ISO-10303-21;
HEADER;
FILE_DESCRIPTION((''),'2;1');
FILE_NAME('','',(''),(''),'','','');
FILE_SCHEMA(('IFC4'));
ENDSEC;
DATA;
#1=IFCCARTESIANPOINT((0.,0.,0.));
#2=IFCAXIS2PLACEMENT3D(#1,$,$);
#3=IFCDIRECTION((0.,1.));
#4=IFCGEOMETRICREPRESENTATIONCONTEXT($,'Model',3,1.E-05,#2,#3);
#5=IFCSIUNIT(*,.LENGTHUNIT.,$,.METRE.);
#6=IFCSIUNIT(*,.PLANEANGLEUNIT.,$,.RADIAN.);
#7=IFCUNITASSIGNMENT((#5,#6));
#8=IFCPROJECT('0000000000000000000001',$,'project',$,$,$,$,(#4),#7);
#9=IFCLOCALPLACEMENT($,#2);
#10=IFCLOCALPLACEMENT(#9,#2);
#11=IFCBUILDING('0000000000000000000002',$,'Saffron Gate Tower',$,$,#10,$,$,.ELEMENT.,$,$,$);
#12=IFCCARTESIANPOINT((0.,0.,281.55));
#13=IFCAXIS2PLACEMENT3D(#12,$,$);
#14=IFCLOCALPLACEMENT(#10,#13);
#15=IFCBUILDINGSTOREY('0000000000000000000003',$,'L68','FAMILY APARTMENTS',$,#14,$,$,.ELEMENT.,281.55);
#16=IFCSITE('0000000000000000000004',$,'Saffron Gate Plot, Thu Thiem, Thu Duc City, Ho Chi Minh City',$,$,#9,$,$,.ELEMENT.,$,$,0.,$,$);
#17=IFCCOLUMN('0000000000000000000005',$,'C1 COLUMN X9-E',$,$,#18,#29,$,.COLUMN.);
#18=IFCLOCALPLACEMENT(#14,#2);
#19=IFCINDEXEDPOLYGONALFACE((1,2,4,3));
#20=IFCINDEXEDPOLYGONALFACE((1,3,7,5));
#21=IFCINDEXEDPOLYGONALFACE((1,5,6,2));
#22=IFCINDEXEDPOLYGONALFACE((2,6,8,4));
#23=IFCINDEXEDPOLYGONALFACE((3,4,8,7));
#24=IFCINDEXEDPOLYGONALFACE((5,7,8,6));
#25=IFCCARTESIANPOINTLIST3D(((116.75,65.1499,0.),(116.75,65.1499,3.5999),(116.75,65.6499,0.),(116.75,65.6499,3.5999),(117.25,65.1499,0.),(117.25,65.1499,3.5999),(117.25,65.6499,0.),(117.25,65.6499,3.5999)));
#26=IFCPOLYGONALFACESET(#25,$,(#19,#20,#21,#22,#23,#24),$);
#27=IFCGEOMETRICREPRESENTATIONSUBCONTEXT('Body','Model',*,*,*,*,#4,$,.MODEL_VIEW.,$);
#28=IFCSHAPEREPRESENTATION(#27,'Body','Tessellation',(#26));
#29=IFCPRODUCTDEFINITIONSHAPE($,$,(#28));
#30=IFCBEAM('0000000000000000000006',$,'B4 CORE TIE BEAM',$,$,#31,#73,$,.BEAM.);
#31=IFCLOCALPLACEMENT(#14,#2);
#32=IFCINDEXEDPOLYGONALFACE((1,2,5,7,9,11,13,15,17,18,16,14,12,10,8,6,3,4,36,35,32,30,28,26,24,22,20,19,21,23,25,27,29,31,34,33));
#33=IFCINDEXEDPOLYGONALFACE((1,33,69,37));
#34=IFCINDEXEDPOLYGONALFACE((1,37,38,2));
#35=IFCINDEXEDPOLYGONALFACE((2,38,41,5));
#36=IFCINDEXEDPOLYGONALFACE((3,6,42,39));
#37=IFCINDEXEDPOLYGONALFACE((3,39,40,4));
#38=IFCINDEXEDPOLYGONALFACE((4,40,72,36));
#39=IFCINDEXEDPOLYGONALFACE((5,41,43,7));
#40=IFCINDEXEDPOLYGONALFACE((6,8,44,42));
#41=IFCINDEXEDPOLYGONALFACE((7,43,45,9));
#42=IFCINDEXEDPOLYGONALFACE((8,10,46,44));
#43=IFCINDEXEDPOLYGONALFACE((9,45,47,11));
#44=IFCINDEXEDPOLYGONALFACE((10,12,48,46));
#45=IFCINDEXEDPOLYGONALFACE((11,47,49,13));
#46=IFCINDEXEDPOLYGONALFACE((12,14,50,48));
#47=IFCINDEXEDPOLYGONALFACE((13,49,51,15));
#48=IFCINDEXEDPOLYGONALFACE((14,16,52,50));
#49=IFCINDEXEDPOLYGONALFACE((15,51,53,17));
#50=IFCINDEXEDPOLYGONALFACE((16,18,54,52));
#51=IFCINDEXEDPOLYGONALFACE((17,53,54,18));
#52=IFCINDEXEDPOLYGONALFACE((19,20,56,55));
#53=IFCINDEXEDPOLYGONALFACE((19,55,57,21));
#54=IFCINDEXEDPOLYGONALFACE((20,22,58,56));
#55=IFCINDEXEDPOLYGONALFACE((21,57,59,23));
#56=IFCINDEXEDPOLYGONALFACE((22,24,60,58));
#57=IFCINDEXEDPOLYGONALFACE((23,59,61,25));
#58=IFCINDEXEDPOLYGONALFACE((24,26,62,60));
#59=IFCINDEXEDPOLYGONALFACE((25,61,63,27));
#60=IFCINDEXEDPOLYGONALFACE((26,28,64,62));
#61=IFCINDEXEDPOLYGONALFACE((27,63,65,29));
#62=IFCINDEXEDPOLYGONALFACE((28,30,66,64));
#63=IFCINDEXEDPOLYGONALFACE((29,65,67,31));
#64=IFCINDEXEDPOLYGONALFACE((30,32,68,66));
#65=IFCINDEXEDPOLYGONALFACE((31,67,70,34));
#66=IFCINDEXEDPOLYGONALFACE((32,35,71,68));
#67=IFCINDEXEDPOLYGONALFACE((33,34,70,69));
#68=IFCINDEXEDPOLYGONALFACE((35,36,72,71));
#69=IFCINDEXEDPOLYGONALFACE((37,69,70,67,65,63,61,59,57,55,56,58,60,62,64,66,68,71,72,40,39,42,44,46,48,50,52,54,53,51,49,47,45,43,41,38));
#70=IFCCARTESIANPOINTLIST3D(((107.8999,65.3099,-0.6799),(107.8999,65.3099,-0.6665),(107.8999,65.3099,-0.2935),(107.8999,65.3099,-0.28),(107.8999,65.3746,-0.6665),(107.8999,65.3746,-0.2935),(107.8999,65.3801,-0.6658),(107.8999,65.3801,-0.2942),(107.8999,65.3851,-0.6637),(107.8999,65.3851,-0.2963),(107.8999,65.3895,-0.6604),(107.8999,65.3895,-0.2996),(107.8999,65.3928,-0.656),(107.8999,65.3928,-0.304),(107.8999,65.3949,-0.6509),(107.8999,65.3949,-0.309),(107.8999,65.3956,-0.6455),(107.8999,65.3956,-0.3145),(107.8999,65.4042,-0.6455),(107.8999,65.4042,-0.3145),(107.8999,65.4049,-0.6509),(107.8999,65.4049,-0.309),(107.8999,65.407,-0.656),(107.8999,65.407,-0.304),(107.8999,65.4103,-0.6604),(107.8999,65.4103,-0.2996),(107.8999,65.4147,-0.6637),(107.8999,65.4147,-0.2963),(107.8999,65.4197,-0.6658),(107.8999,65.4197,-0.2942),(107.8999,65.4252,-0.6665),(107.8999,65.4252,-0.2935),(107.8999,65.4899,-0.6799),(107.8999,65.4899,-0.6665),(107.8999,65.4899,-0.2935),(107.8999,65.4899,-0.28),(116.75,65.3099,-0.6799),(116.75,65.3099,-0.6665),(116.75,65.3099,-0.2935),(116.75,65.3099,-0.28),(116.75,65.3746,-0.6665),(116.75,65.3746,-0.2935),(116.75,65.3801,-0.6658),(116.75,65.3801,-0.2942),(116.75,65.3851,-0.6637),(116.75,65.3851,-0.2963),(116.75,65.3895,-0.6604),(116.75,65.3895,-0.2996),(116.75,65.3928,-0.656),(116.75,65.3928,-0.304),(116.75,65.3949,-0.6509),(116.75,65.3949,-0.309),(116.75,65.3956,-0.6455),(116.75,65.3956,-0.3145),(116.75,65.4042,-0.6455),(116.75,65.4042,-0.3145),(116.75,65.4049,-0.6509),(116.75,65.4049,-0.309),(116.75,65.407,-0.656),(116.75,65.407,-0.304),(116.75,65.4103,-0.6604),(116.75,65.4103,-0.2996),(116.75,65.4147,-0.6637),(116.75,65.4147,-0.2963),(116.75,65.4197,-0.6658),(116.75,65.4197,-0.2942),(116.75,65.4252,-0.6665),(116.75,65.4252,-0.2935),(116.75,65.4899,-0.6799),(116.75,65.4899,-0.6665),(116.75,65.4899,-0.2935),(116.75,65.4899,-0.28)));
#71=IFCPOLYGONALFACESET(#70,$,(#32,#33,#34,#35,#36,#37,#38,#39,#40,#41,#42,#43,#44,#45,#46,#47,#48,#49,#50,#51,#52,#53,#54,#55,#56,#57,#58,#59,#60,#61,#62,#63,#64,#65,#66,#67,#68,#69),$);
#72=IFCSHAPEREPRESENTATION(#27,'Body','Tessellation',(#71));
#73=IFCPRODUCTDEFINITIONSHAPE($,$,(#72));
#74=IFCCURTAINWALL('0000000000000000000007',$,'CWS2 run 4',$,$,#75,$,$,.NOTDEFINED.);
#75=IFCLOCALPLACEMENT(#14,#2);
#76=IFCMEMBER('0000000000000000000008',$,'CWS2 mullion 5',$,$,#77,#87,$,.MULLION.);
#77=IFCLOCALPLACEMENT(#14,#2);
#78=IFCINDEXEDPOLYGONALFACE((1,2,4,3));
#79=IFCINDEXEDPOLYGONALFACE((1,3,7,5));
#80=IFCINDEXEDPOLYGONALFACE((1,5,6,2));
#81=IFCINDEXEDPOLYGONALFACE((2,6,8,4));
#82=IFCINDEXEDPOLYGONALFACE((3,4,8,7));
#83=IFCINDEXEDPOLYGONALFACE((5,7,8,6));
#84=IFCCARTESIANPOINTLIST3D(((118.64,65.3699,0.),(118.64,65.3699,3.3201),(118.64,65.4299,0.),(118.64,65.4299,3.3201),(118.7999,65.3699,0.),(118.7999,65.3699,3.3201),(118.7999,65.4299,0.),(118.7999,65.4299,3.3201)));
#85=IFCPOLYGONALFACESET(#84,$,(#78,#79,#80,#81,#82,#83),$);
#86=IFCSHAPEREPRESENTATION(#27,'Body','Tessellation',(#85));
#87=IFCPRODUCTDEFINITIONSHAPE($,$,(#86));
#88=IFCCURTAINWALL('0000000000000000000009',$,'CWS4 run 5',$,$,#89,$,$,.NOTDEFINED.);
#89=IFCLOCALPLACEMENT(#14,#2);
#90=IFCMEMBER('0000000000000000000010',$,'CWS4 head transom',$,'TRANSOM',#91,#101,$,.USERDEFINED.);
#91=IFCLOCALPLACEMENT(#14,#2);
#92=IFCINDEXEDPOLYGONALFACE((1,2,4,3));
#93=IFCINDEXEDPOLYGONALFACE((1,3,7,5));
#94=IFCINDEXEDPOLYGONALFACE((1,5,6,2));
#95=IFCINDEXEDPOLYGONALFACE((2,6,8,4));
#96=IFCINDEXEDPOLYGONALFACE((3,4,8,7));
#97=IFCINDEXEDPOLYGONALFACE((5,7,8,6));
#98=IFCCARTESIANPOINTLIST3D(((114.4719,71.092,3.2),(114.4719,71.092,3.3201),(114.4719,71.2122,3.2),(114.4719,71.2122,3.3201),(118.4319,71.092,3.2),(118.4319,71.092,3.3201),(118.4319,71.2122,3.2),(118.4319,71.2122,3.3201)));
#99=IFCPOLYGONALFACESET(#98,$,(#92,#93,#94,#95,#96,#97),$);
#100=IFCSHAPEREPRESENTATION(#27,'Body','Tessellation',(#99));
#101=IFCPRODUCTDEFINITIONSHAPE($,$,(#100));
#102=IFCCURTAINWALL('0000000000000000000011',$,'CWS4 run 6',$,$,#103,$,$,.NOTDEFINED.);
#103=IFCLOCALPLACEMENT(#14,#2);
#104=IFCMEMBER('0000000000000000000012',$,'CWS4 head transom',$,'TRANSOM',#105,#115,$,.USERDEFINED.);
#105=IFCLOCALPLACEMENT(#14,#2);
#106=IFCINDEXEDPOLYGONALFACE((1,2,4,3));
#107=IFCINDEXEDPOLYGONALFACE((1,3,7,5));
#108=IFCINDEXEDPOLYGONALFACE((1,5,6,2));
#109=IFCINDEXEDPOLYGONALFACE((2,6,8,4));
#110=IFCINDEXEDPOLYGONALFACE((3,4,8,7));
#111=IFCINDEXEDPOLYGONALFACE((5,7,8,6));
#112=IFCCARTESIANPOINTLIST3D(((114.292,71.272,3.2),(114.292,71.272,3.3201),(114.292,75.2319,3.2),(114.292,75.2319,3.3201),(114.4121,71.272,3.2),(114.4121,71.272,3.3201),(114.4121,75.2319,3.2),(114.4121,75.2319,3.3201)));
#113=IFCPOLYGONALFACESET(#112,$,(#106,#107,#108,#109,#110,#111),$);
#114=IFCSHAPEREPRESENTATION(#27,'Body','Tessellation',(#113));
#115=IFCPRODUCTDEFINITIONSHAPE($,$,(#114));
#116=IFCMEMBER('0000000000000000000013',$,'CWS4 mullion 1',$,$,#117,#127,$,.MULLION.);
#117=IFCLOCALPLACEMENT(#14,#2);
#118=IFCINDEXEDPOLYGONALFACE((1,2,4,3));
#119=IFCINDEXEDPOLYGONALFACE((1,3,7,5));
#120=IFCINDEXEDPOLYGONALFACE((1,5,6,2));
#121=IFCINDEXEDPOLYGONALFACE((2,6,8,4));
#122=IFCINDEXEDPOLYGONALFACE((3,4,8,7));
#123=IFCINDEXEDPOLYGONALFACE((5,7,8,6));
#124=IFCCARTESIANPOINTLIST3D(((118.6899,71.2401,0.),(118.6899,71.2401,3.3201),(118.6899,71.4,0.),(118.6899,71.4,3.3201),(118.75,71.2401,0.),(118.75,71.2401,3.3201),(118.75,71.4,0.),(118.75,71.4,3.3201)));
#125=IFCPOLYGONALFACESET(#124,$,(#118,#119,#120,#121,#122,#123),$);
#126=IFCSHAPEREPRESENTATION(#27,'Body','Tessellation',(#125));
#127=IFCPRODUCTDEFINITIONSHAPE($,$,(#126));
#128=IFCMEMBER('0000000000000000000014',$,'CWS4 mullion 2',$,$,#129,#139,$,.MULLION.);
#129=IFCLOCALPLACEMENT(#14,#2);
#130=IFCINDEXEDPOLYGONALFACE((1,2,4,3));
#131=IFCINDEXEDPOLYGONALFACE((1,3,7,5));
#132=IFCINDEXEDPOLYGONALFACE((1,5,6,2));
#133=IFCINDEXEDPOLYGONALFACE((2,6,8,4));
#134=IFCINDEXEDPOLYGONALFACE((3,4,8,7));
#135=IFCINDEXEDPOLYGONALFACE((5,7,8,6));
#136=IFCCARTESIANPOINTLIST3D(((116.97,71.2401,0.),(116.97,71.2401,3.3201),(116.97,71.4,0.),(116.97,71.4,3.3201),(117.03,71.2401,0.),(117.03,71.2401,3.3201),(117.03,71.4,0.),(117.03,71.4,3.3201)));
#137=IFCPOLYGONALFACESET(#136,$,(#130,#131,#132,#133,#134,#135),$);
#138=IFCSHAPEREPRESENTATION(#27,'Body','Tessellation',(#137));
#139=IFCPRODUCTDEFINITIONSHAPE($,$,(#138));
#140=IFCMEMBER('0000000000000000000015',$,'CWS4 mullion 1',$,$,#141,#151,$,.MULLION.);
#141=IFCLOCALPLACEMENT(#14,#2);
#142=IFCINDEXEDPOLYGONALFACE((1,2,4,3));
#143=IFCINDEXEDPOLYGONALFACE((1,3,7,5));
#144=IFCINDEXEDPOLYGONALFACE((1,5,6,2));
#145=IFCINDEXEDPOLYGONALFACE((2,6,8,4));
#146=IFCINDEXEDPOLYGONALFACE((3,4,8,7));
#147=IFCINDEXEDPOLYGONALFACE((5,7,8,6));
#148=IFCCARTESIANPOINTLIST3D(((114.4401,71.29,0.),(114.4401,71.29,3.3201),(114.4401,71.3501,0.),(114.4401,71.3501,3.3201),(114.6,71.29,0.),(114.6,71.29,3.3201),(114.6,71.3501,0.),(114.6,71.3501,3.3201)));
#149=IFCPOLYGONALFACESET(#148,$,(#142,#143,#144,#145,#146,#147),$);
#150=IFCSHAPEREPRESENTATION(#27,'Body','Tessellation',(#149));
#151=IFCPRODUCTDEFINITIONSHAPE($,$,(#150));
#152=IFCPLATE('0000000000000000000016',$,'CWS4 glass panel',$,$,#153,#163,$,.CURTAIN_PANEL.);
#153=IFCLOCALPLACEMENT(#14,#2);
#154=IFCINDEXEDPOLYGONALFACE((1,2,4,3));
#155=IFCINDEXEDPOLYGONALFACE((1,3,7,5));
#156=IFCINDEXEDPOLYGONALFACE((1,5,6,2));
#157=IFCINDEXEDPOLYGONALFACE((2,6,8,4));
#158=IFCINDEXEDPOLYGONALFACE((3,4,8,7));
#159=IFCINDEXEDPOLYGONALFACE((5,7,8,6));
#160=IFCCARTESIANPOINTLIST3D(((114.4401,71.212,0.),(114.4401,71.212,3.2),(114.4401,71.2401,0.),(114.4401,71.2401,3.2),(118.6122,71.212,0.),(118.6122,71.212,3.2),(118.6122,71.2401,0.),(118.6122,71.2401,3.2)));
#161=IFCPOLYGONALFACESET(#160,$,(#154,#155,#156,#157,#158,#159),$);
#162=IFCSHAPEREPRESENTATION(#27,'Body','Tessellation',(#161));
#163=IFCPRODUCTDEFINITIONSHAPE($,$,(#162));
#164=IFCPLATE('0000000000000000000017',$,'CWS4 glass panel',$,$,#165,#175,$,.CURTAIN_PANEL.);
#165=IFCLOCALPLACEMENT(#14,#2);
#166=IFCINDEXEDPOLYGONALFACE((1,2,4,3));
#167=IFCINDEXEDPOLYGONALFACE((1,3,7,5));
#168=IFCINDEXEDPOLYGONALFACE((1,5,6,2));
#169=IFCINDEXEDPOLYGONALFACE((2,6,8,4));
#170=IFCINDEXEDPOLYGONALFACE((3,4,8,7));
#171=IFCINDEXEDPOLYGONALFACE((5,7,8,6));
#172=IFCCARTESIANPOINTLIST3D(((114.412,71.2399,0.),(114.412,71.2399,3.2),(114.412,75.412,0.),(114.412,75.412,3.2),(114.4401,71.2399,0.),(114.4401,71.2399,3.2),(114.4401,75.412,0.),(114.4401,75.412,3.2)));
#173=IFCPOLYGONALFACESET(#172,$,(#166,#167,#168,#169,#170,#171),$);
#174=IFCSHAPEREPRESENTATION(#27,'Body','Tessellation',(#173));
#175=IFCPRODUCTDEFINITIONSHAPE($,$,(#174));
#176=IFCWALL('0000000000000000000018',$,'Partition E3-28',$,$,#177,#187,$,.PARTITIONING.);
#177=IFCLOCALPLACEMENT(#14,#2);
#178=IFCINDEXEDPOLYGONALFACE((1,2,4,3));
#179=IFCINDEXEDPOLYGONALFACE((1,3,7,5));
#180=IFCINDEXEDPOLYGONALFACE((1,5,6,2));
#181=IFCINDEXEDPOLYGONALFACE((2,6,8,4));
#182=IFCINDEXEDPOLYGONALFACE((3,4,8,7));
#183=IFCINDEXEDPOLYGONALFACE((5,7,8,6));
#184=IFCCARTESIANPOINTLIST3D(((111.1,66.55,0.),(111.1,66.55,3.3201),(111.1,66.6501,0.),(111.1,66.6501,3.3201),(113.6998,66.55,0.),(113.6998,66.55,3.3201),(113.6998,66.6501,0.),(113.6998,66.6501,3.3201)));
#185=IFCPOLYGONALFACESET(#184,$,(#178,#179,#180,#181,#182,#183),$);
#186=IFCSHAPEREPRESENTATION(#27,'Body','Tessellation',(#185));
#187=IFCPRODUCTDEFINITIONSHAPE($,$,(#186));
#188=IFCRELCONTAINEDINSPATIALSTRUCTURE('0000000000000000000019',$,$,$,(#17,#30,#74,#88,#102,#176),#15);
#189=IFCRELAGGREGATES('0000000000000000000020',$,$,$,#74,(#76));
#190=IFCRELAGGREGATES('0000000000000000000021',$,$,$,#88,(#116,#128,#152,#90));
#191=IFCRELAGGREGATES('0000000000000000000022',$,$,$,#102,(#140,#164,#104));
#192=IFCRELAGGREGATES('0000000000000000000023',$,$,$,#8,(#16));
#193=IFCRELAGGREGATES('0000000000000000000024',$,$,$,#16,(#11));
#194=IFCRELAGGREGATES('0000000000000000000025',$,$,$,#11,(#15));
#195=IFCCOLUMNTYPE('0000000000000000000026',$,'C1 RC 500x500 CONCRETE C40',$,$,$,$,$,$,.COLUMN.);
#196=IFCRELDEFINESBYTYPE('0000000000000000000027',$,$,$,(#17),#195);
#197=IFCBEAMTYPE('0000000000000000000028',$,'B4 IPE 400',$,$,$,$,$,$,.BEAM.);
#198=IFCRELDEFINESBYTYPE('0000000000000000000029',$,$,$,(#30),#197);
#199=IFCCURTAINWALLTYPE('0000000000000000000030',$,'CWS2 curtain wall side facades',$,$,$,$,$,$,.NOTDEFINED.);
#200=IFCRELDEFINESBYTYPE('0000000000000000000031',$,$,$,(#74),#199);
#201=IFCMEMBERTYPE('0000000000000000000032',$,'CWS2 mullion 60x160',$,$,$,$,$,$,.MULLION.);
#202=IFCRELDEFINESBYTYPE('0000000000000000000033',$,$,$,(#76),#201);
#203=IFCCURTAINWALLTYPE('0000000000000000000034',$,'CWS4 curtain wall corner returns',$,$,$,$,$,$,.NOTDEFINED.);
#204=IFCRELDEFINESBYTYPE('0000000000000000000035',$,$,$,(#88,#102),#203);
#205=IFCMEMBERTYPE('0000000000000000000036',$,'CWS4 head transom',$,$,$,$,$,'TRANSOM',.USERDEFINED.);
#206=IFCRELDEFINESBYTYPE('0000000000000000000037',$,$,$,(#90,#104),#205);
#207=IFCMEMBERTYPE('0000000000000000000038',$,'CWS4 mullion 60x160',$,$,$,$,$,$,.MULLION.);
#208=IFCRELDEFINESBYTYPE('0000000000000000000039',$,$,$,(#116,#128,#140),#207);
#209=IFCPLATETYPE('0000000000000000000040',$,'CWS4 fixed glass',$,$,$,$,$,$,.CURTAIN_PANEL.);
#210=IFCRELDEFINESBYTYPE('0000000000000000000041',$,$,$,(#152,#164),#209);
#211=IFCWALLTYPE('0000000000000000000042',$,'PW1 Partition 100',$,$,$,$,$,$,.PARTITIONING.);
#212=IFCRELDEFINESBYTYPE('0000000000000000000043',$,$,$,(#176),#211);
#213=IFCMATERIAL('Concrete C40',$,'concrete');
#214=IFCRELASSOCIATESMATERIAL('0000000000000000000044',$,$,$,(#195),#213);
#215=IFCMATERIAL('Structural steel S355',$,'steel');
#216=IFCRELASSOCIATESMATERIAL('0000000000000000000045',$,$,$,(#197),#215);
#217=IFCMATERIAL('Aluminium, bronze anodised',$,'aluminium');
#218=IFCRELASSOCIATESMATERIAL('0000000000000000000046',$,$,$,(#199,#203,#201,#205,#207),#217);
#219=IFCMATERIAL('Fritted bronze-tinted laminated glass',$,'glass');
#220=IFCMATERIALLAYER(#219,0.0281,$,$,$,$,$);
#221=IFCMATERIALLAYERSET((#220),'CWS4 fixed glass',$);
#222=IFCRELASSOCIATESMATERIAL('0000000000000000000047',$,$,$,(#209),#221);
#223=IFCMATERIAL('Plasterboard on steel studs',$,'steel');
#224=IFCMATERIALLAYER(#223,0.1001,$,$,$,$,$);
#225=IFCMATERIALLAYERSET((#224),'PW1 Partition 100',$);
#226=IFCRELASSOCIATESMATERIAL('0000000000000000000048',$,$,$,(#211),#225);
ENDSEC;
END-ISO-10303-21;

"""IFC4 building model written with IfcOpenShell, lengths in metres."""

from ifc_helpers import new_model, si_unit, direction, frame, frame_2d, origin, origin_2d, place, context, subcontext, project, spatial, rectangle, i_section, extrude, material, layer, layer_set, material_profile, profile_set, type_object, element, aggregate, save


model = new_model("IFC4")

# Units and contexts
model_context = context("Model", 3, precision=1e-05, world=origin(), true_north=direction((0.0, 1.0)))
body_context = subcontext(model_context, "Body", "Model", "MODEL_VIEW")
ifc_project = project(units=[si_unit("LENGTHUNIT", "METRE"), si_unit("PLANEANGLEUNIT", "RADIAN")], contexts=[model_context])

# Site, building, storey
site_placement = place(None, origin())
site = spatial("IfcSite", under=ifc_project, at=site_placement, Name="Saffron Gate Plot, Thu Thiem, Thu Duc City, Ho Chi Minh City", CompositionType="ELEMENT", RefElevation=0.0)
building_placement = place(site_placement, origin())
building = spatial("IfcBuilding", under=site, at=building_placement, Name="Saffron Gate Tower", CompositionType="ELEMENT")
storey_placement = place(building_placement, frame((0.0, 0.0, 281.55)))
storey = spatial("IfcBuildingStorey", under=building, at=storey_placement, Name="L68", Description="FAMILY APARTMENTS", CompositionType="ELEMENT", Elevation=281.55)

# Column
ifc_material_1 = material(Name="Concrete C40", Category="concrete")
ifc_material_profile_1 = material_profile(ifc_material_1, rectangle(XDim=0.5, YDim=0.5, at=origin_2d()))
ifc_profile_set_1 = profile_set([ifc_material_profile_1], Name="Concrete C40")
column_type = type_object("IfcColumnType", Name="C1 RC 500x500 CONCRETE C40", PredefinedType="COLUMN", material=ifc_profile_set_1)
column_placement = place(storey_placement, frame((117.0, 65.3999, 0.0), z_axis=(0.0, 0.0, 1.0), x_axis=(1.0, 0.0, 0.0)))
element("IfcColumn", 1, at=column_placement, inside=storey, type_object=column_type, Name="C1 COLUMN X9-E", PredefinedType="COLUMN", context=body_context, shape_type="SweptSolid", body=[
    extrude(rectangle(XDim=0.5, YDim=0.5, at=origin_2d()), origin(), (0.0, 0.0, 1.0), 3.5999),
])

# Beam
ifc_material_2 = material(Name="Structural steel S355", Category="steel")
ifc_material_profile_2 = material_profile(ifc_material_2, i_section(OverallWidth=0.1799, OverallDepth=0.3999, WebThickness=0.0085, FlangeThickness=0.0134, FilletRadius=0.021, at=origin_2d()))
ifc_profile_set_2 = profile_set([ifc_material_profile_2], Name="Structural steel S355")
beam_type = type_object("IfcBeamType", Name="B4 IPE 400", PredefinedType="BEAM", material=ifc_profile_set_2)
beam_placement = place(storey_placement, frame((116.75, 65.3999, -0.48), z_axis=(-1.0, 0.0, 0.0), x_axis=(0.0, -1.0, 0.0)))
element("IfcBeam", 2, at=beam_placement, inside=storey, type_object=beam_type, Name="B4 CORE TIE BEAM", PredefinedType="BEAM", context=body_context, shape_type="SweptSolid", body=[
    extrude(i_section(OverallWidth=0.1799, OverallDepth=0.3999, WebThickness=0.0085, FlangeThickness=0.0134, FilletRadius=0.021, at=origin_2d()), origin(), (0.0, 0.0, 1.0), 8.8501),
])

# Curtain walls, members
ifc_material_3 = material(Name="Aluminium, bronze anodised", Category="aluminium")
curtain_wall_type_1 = type_object("IfcCurtainWallType", Name="CWS2 curtain wall side facades", PredefinedType="NOTDEFINED", material=ifc_material_3)
curtain_wall_1_placement = place(storey_placement, origin())
curtain_wall_1 = element("IfcCurtainWall", 3, at=curtain_wall_1_placement, inside=storey, type_object=curtain_wall_type_1, Name="CWS2 run 4", PredefinedType="NOTDEFINED")
ifc_material_profile_3 = material_profile(ifc_material_3, rectangle(XDim=0.1599, YDim=0.0601, at=origin_2d()))
ifc_profile_set_3 = profile_set([ifc_material_profile_3], Name="Aluminium, bronze anodised")
member_type_1 = type_object("IfcMemberType", Name="CWS2 mullion 60x160", PredefinedType="MULLION", material=ifc_profile_set_3)
member_1_placement = place(storey_placement, frame((118.72, 65.3999, 0.0), z_axis=(0.0, 0.0, 1.0), x_axis=(-1.0, 0.0, 0.0)))
member_1 = element("IfcMember", 4, at=member_1_placement, type_object=member_type_1, Name="CWS2 mullion 5", PredefinedType="MULLION", context=body_context, shape_type="SweptSolid", body=[
    extrude(rectangle(XDim=0.1599, YDim=0.0601, at=origin_2d()), origin(), (0.0, 0.0, 1.0), 3.3201),
])
aggregate(curtain_wall_1, [member_1])
curtain_wall_type_2 = type_object("IfcCurtainWallType", Name="CWS4 curtain wall corner returns", PredefinedType="NOTDEFINED", material=ifc_material_3)
curtain_wall_2_placement = place(storey_placement, origin())
curtain_wall_2 = element("IfcCurtainWall", 5, at=curtain_wall_2_placement, inside=storey, type_object=curtain_wall_type_2, Name="CWS4 run 5", PredefinedType="NOTDEFINED")
ifc_material_profile_4 = material_profile(ifc_material_3, rectangle(XDim=0.1201, YDim=0.1201, at=origin_2d()))
ifc_profile_set_4 = profile_set([ifc_material_profile_4], Name="Aluminium, bronze anodised")
member_type_2 = type_object("IfcMemberType", Name="CWS4 head transom", ElementType="TRANSOM", PredefinedType="USERDEFINED", material=ifc_profile_set_4)
member_2_placement = place(storey_placement, frame((118.4319, 71.1521, 3.26), z_axis=(-1.0, 0.0, 0.0), x_axis=(0.0, -1.0, 0.0)))
member_2 = element("IfcMember", 6, at=member_2_placement, type_object=member_type_2, Name="CWS4 head transom", ObjectType="TRANSOM", PredefinedType="USERDEFINED", context=body_context, shape_type="SweptSolid", body=[
    extrude(rectangle(XDim=0.1201, YDim=0.1201, at=origin_2d()), origin(), (0.0, 0.0, 1.0), 3.96),
])
curtain_wall_3_placement = place(storey_placement, origin())
curtain_wall_3 = element("IfcCurtainWall", 7, at=curtain_wall_3_placement, inside=storey, type_object=curtain_wall_type_2, Name="CWS4 run 6", PredefinedType="NOTDEFINED")
member_3_placement = place(storey_placement, frame((114.3521, 71.272, 3.26), z_axis=(0.0, 1.0, 0.0), x_axis=(-1.0, 0.0, 0.0)))
member_3 = element("IfcMember", 8, at=member_3_placement, type_object=member_type_2, Name="CWS4 head transom", ObjectType="TRANSOM", PredefinedType="USERDEFINED", context=body_context, shape_type="SweptSolid", body=[
    extrude(rectangle(XDim=0.1201, YDim=0.1201, at=origin_2d()), origin(), (0.0, 0.0, 1.0), 3.96),
])

# Members
ifc_material_profile_5 = material_profile(ifc_material_3, rectangle(XDim=0.1599, YDim=0.0601, at=origin_2d()))
ifc_profile_set_5 = profile_set([ifc_material_profile_5], Name="Aluminium, bronze anodised")
member_type_3 = type_object("IfcMemberType", Name="CWS4 mullion 60x160", PredefinedType="MULLION", material=ifc_profile_set_5)
member_4_placement = place(storey_placement, frame((118.72, 71.3201, 0.0), z_axis=(0.0, 0.0, 1.0), x_axis=(0.0, -1.0, 0.0)))
member_4 = element("IfcMember", 9, at=member_4_placement, type_object=member_type_3, Name="CWS4 mullion 1", PredefinedType="MULLION", context=body_context, shape_type="SweptSolid", body=[
    extrude(rectangle(XDim=0.1599, YDim=0.0601, at=origin_2d()), origin(), (0.0, 0.0, 1.0), 3.3201),
])
member_5_placement = place(storey_placement, frame((117.0, 71.3201, 0.0), z_axis=(0.0, 0.0, 1.0), x_axis=(0.0, -1.0, 0.0)))
member_5 = element("IfcMember", 10, at=member_5_placement, type_object=member_type_3, Name="CWS4 mullion 2", PredefinedType="MULLION", context=body_context, shape_type="SweptSolid", body=[
    extrude(rectangle(XDim=0.1599, YDim=0.0601, at=origin_2d()), origin(), (0.0, 0.0, 1.0), 3.3201),
])
member_6_placement = place(storey_placement, frame((114.52, 71.3201, 0.0), z_axis=(0.0, 0.0, 1.0), x_axis=(-1.0, 0.0, 0.0)))
member_6 = element("IfcMember", 11, at=member_6_placement, type_object=member_type_3, Name="CWS4 mullion 1", PredefinedType="MULLION", context=body_context, shape_type="SweptSolid", body=[
    extrude(rectangle(XDim=0.1599, YDim=0.0601, at=origin_2d()), origin(), (0.0, 0.0, 1.0), 3.3201),
])

# Plates
ifc_material_4 = material(Name="Fritted bronze-tinted laminated glass", Category="glass")
ifc_layer_1 = layer(ifc_material_4, 0.0281)
ifc_layer_set_1 = layer_set([ifc_layer_1], Name="CWS4 fixed glass")
plate_type = type_object("IfcPlateType", Name="CWS4 fixed glass", PredefinedType="CURTAIN_PANEL", material=ifc_layer_set_1)
plate_1_placement = place(storey_placement, frame((118.6121, 71.2261, 0.0), z_axis=(0.0, 0.0, 1.0), x_axis=(-1.0, 0.0, 0.0)))
plate_1 = element("IfcPlate", 12, at=plate_1_placement, type_object=plate_type, Name="CWS4 glass panel", PredefinedType="CURTAIN_PANEL", context=body_context, shape_type="SweptSolid", body=[
    extrude(rectangle(XDim=4.1721, YDim=0.0281, at=frame_2d((2.0859, 0.0))), origin(), (0.0, 0.0, 1.0), 3.2),
])
aggregate(curtain_wall_2, [member_4, member_5, plate_1, member_2])
plate_2_placement = place(storey_placement, frame((114.426, 71.24, 0.0), z_axis=(0.0, 0.0, 1.0), x_axis=(0.0, 1.0, 0.0)))
plate_2 = element("IfcPlate", 13, at=plate_2_placement, type_object=plate_type, Name="CWS4 glass panel", PredefinedType="CURTAIN_PANEL", context=body_context, shape_type="SweptSolid", body=[
    extrude(rectangle(XDim=4.1721, YDim=0.0281, at=frame_2d((2.0859, 0.0))), origin(), (0.0, 0.0, 1.0), 3.2),
])
aggregate(curtain_wall_3, [member_6, plate_2, member_3])

# Wall
ifc_material_5 = material(Name="Plasterboard on steel studs", Category="steel")
ifc_layer_2 = layer(ifc_material_5, 0.1001)
ifc_layer_set_2 = layer_set([ifc_layer_2], Name="PW1 Partition 100")
wall_type_1 = type_object("IfcWallType", Name="PW1 Partition 100", PredefinedType="PARTITIONING", material=ifc_layer_set_2)
wall_1_placement = place(storey_placement, frame((111.1001, 66.6001, 0.0), z_axis=(0.0, 0.0, 1.0), x_axis=(1.0, 0.0, 0.0)))
element("IfcWall", 14, at=wall_1_placement, inside=storey, type_object=wall_type_1, Name="Partition E3-28", PredefinedType="PARTITIONING", context=body_context, shape_type="SweptSolid", body=[
    extrude(rectangle(XDim=2.5999, YDim=0.1001, at=frame_2d((1.2998, 0.0))), origin(), (0.0, 0.0, 1.0), 3.3201),
])

save(model, "model.ifc")
